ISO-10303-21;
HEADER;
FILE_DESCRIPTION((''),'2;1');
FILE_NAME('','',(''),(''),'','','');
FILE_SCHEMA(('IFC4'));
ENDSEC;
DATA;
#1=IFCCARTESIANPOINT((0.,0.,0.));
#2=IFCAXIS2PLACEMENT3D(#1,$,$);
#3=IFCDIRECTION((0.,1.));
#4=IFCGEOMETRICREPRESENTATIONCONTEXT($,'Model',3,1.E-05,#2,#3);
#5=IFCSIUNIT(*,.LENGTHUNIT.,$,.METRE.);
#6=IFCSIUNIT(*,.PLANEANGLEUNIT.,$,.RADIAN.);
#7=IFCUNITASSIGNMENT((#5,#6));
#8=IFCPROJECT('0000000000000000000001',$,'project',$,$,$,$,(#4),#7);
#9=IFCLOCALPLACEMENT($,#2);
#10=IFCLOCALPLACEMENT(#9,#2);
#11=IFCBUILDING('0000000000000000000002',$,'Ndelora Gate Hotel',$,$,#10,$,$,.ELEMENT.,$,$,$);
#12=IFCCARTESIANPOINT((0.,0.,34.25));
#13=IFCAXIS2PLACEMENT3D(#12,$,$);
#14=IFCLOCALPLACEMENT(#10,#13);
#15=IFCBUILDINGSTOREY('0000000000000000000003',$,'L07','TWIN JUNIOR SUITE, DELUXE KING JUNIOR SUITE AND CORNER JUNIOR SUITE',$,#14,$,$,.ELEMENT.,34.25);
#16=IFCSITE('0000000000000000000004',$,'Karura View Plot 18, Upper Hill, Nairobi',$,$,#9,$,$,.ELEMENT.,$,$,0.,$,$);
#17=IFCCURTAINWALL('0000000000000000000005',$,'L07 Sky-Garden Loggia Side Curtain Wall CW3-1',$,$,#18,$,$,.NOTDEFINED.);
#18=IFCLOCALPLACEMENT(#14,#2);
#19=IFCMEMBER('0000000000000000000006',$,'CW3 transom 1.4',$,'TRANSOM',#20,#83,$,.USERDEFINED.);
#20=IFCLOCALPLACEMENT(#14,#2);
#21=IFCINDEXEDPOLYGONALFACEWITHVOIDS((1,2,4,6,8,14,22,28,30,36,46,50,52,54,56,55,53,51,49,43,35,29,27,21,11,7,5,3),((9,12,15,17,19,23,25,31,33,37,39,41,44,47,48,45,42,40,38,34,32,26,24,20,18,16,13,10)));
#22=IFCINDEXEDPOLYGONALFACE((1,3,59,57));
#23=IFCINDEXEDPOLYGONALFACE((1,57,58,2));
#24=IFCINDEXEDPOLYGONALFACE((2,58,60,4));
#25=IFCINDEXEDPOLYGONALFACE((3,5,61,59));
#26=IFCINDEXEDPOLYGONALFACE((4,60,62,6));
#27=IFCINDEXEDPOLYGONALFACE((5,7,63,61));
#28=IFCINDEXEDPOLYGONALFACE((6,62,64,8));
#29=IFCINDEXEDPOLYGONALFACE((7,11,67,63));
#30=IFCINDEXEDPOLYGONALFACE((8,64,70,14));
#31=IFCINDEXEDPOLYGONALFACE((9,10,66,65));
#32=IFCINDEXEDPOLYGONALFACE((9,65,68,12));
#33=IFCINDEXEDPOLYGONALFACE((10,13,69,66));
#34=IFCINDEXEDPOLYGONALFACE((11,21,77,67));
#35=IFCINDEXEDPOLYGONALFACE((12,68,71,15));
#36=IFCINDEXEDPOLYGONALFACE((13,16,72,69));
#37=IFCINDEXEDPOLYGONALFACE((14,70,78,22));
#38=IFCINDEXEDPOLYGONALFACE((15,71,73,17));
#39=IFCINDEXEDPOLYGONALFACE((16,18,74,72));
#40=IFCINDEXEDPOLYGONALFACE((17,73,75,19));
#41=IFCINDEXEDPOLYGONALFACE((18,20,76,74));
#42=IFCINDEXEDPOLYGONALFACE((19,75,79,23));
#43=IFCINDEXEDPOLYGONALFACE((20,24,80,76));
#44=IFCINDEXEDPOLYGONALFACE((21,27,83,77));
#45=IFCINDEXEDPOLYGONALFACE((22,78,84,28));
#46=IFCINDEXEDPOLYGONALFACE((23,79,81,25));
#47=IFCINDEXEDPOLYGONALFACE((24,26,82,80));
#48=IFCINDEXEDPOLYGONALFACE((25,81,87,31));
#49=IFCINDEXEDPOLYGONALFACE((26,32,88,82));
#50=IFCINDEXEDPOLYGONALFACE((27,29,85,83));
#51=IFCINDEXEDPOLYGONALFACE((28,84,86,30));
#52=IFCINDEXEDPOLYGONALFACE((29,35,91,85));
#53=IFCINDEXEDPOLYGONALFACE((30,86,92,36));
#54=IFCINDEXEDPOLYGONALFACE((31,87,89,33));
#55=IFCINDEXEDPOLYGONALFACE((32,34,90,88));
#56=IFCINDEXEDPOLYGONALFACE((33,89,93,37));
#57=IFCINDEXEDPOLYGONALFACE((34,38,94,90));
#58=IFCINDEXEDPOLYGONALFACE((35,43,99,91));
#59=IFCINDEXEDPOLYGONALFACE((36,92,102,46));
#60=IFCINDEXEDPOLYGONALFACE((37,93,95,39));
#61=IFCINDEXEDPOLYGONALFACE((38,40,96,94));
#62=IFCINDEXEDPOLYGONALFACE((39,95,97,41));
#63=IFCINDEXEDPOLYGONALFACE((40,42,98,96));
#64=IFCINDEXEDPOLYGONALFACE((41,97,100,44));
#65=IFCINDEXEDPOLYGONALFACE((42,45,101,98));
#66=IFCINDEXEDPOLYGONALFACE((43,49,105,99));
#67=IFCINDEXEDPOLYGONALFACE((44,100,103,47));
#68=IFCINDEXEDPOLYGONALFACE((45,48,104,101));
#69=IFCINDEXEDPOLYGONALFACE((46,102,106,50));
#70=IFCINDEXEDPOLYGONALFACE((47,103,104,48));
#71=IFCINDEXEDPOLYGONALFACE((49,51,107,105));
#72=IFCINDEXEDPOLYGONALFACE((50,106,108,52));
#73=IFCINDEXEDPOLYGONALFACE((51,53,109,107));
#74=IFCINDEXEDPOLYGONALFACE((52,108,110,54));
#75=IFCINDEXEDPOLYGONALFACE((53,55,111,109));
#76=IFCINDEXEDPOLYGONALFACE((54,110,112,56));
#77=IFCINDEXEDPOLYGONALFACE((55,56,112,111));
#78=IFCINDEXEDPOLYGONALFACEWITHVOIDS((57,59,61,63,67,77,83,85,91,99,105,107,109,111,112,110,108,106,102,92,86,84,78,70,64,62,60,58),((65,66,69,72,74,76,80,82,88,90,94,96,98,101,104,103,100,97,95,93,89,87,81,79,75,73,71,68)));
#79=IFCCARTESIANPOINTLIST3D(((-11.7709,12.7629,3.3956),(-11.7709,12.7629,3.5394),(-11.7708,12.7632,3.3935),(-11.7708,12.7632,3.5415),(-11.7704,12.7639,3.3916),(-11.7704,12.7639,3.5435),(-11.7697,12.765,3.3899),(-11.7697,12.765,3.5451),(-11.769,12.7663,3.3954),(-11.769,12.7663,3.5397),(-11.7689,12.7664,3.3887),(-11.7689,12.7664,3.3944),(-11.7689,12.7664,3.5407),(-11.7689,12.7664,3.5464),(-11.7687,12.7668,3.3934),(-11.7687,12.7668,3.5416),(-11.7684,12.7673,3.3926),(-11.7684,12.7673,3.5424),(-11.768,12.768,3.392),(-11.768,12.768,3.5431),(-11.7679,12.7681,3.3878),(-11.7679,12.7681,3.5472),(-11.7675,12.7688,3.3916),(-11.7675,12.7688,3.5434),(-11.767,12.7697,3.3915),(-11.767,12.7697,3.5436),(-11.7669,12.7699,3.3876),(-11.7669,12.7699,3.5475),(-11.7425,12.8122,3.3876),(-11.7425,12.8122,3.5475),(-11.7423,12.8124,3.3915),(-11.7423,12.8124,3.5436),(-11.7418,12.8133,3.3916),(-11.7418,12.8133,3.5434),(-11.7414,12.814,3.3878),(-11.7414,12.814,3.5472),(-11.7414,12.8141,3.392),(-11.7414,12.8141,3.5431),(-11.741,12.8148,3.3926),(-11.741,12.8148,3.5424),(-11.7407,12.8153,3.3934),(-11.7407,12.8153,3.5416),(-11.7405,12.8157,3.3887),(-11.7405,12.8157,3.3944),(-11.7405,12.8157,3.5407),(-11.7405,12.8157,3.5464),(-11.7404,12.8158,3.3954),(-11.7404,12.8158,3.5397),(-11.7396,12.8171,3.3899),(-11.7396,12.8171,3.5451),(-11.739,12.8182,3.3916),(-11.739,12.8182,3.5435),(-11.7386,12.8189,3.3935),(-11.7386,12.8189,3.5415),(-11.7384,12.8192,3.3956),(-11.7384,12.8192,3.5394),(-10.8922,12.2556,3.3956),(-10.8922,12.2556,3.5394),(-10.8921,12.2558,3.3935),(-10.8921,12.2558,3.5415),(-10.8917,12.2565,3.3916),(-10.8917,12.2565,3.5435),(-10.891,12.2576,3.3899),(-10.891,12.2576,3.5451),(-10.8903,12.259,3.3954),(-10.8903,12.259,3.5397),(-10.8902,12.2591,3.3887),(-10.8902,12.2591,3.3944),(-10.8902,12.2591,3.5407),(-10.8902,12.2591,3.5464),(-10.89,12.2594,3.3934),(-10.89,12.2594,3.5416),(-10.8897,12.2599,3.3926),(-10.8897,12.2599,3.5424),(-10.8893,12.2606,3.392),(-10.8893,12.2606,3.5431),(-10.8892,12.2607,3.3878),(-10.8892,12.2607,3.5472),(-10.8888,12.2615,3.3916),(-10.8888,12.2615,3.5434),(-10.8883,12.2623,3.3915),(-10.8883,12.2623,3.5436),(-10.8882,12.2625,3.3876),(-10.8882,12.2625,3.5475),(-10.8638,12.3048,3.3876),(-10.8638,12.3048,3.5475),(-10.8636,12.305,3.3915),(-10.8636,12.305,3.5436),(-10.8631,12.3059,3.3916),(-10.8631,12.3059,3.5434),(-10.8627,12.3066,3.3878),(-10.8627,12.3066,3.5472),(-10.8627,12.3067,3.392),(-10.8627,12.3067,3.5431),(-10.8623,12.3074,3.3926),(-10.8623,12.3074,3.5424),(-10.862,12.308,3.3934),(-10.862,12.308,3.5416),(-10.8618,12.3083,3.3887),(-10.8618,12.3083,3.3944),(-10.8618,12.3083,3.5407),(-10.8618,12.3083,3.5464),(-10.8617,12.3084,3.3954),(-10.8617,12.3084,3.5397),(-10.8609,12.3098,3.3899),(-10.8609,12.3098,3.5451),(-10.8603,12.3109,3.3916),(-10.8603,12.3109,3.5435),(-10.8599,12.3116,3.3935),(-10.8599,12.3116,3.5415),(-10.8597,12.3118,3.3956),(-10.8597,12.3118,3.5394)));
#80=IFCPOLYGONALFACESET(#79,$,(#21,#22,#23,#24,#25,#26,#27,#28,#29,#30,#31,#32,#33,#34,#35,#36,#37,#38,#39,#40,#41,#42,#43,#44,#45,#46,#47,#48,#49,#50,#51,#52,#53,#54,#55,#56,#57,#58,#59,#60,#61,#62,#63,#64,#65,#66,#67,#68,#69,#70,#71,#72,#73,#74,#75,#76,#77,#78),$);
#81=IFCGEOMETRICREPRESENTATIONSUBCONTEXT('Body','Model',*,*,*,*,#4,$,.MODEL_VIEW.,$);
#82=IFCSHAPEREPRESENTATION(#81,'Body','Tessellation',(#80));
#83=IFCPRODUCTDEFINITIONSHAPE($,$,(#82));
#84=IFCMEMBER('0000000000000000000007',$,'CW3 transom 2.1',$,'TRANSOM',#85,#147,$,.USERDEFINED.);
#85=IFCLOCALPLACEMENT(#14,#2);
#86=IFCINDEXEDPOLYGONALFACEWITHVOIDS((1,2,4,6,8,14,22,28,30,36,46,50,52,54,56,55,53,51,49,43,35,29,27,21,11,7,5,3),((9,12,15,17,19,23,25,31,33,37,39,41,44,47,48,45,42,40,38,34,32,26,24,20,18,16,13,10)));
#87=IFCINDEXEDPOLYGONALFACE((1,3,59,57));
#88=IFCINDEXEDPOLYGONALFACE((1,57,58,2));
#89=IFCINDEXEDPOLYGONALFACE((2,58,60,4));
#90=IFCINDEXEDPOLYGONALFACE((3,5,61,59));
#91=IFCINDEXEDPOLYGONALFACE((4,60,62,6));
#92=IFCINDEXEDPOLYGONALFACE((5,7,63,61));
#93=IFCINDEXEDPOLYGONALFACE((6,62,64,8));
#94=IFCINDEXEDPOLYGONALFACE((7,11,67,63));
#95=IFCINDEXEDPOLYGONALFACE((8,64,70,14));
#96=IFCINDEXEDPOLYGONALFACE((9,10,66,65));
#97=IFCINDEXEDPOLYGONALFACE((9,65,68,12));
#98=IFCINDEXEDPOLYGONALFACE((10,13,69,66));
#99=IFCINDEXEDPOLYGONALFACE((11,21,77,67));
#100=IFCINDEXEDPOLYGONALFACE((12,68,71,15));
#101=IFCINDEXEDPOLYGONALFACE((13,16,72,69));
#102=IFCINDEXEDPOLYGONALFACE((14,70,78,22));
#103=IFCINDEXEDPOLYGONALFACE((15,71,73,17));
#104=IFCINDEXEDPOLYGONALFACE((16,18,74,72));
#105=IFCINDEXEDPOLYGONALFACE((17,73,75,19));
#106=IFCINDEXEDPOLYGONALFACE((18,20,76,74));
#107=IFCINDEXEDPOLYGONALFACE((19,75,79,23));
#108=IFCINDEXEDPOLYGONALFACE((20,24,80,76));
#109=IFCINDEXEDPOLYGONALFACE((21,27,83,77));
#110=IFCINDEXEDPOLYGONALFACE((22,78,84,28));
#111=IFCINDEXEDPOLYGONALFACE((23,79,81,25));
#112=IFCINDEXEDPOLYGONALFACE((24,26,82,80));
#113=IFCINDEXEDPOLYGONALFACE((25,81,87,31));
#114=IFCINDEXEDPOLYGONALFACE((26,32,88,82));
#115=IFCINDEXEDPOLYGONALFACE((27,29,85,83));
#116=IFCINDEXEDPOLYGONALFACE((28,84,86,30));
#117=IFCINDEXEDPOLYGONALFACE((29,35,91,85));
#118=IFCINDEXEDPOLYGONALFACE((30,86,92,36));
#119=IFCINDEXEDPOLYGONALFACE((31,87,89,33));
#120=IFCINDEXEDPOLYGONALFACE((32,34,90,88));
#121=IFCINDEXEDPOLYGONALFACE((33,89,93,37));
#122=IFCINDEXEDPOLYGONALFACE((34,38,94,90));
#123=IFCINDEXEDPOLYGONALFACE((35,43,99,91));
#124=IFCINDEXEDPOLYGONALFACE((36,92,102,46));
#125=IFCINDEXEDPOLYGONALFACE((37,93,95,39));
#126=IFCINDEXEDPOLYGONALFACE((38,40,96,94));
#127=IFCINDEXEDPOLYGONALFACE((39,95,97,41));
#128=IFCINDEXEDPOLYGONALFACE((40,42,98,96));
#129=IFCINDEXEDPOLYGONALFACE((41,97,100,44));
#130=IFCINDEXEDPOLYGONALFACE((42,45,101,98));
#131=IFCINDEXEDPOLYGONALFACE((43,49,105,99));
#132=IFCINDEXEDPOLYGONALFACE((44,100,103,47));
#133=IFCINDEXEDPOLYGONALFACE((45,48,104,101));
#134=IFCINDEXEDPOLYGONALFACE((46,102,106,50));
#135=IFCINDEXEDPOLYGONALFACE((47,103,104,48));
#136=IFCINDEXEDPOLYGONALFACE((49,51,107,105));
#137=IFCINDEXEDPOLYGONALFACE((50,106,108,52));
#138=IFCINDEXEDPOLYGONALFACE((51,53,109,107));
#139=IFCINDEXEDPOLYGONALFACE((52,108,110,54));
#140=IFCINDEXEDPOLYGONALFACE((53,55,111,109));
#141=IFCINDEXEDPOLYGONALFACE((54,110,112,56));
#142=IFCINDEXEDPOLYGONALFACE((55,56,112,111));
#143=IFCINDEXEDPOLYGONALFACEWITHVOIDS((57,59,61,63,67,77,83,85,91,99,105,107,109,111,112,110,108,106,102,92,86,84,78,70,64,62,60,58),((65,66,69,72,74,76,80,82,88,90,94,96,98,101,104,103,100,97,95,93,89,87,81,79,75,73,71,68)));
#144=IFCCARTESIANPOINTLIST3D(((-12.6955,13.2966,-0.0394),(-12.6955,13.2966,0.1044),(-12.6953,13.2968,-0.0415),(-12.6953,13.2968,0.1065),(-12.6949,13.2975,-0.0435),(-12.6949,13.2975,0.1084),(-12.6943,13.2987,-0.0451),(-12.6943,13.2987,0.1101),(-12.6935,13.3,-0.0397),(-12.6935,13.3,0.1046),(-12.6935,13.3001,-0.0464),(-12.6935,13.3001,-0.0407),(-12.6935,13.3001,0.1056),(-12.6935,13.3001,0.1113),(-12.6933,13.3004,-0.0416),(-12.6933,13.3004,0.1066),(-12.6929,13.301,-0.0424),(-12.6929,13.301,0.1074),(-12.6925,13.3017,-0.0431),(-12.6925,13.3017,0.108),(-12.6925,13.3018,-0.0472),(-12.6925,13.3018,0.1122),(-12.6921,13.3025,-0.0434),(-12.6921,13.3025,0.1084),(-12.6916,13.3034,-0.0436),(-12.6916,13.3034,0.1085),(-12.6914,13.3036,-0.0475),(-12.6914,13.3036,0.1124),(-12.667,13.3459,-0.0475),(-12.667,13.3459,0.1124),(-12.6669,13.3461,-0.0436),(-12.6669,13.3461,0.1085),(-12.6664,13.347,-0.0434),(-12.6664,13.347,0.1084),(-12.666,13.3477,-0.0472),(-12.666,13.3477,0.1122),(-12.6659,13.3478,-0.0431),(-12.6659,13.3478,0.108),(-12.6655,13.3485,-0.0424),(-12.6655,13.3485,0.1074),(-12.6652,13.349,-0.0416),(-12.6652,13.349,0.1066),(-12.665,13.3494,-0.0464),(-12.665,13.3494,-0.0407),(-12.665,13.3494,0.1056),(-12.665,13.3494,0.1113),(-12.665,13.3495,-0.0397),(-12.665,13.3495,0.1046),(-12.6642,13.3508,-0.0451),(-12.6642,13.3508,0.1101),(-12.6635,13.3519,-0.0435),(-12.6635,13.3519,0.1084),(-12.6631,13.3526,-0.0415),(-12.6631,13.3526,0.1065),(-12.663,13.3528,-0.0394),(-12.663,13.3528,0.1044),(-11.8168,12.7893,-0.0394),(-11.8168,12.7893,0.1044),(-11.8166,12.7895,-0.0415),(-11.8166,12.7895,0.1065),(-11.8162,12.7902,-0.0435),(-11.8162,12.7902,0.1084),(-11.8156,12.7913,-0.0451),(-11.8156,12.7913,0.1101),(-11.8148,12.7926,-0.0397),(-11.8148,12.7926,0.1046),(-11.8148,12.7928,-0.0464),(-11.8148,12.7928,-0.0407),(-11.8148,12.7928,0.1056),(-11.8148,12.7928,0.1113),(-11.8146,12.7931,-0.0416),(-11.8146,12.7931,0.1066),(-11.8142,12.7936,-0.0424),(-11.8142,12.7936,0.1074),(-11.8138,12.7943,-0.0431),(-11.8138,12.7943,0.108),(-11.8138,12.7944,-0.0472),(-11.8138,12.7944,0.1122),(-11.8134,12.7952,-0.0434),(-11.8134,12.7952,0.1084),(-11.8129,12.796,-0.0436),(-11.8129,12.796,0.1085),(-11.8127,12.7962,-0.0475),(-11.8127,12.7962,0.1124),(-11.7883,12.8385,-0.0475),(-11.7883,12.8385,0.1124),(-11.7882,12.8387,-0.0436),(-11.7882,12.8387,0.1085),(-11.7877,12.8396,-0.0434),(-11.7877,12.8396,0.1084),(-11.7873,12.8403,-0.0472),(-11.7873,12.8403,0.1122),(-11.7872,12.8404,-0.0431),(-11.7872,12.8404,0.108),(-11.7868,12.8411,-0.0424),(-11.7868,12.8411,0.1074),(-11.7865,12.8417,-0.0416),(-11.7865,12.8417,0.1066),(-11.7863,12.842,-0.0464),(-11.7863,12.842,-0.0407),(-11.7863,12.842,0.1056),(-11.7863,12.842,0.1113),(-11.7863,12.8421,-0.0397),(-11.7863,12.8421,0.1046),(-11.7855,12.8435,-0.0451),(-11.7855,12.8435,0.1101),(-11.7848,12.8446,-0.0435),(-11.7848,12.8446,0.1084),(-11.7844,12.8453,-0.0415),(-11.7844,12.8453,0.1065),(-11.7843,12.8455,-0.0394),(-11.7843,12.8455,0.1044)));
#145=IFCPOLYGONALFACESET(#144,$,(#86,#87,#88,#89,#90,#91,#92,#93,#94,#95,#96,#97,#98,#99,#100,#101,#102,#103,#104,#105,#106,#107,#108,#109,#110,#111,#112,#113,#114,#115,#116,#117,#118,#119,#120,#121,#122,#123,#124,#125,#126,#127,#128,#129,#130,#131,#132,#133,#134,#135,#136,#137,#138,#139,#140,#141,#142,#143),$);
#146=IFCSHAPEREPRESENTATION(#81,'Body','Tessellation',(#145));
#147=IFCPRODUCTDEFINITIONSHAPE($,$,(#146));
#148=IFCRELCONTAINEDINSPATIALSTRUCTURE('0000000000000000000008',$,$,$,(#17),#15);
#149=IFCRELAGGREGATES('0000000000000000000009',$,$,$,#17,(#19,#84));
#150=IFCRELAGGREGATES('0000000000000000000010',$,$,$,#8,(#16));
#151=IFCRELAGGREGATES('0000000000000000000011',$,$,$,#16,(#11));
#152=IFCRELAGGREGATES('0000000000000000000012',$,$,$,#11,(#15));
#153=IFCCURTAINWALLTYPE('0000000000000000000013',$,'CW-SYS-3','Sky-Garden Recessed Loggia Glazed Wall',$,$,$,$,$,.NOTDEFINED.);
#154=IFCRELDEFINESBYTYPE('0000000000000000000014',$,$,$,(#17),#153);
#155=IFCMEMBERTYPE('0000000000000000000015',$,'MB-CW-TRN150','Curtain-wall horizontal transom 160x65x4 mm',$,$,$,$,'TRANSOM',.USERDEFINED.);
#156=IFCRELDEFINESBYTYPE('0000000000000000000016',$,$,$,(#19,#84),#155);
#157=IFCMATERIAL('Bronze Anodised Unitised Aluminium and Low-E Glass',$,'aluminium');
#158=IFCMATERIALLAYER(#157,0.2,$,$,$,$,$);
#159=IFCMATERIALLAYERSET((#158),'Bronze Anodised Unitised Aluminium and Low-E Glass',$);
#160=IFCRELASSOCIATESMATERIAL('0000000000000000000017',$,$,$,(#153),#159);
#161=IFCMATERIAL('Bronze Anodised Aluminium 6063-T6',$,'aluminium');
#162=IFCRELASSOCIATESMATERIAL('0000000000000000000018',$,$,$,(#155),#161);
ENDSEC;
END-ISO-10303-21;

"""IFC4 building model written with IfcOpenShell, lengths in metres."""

from ifc_helpers import new_model, si_unit, direction, frame, origin, origin_2d, place, context, subcontext, project, spatial, hollow_rectangle, extrude, material, layer, layer_set, material_profile, profile_set, type_object, element, aggregate, save


model = new_model("IFC4")

# Units and contexts
model_context = context("Model", 3, precision=1e-05, world=origin(), true_north=direction((0.0, 1.0)))
body_context = subcontext(model_context, "Body", "Model", "MODEL_VIEW")
ifc_project = project(units=[si_unit("LENGTHUNIT", "METRE"), si_unit("PLANEANGLEUNIT", "RADIAN")], contexts=[model_context])

# Site, building, storey
site_placement = place(None, origin())
site = spatial("IfcSite", under=ifc_project, at=site_placement, Name="Karura View Plot 18, Upper Hill, Nairobi", CompositionType="ELEMENT", RefElevation=0.0)
building_placement = place(site_placement, origin())
building = spatial("IfcBuilding", under=site, at=building_placement, Name="Ndelora Gate Hotel", CompositionType="ELEMENT")
storey_placement = place(building_placement, frame((0.0, 0.0, 34.25)))
storey = spatial("IfcBuildingStorey", under=building, at=storey_placement, Name="L07", Description="TWIN JUNIOR SUITE, DELUXE KING JUNIOR SUITE AND CORNER JUNIOR SUITE", CompositionType="ELEMENT", Elevation=34.25)

# Curtain wall, members
ifc_material_1 = material(Name="Bronze Anodised Unitised Aluminium and Low-E Glass", Category="aluminium")
ifc_layer_1 = layer(ifc_material_1, 0.2)
ifc_layer_set_1 = layer_set([ifc_layer_1], Name="Bronze Anodised Unitised Aluminium and Low-E Glass")
curtain_wall_type = type_object("IfcCurtainWallType", Name="CW-SYS-3", Description="Sky-Garden Recessed Loggia Glazed Wall", PredefinedType="NOTDEFINED", material=ifc_layer_set_1)
curtain_wall_placement = place(storey_placement, origin())
curtain_wall = element("IfcCurtainWall", 1, at=curtain_wall_placement, inside=storey, type_object=curtain_wall_type, Name="L07 Sky-Garden Loggia Side Curtain Wall CW3-1", PredefinedType="NOTDEFINED")
ifc_material_2 = material(Name="Bronze Anodised Aluminium 6063-T6", Category="aluminium")
ifc_material_profile_1 = material_profile(ifc_material_2, hollow_rectangle(XDim=0.0649, YDim=0.1599, WallThickness=0.0039, InnerFilletRadius=0.0039, OuterFilletRadius=0.0081, at=origin_2d()), Name="ALU 160x65x4")
ifc_profile_set_1 = profile_set([ifc_material_profile_1], Name="Bronze Anodised Aluminium 6063-T6")
member_type_1 = type_object("IfcMemberType", Name="MB-CW-TRN150", Description="Curtain-wall horizontal transom 160x65x4 mm", ElementType="TRANSOM", PredefinedType="USERDEFINED", material=ifc_profile_set_1)
member_1_placement = place(storey_placement, frame((-10.876, 12.2837, 3.4675), z_axis=(-0.866013, 0.500021, 0.0), x_axis=(-0.500021, -0.866013, 0.0)))
member_1 = element("IfcMember", 2, at=member_1_placement, type_object=member_type_1, Name="CW3 transom 1.4", ObjectType="TRANSOM", PredefinedType="USERDEFINED", context=body_context, shape_type="SweptSolid", body=[
    extrude(hollow_rectangle(XDim=0.0649, YDim=0.1599, WallThickness=0.0039, InnerFilletRadius=0.0039, OuterFilletRadius=0.0081, at=origin_2d()), origin(), (0.0, 0.0, 1.0), 1.0146),
])
member_2_placement = place(storey_placement, frame((-11.8005, 12.8174, 0.0325), z_axis=(-0.866013, 0.500021, 0.0), x_axis=(-0.500021, -0.866013, 0.0)))
member_2 = element("IfcMember", 3, at=member_2_placement, type_object=member_type_1, Name="CW3 transom 2.1", ObjectType="TRANSOM", PredefinedType="USERDEFINED", context=body_context, shape_type="SweptSolid", body=[
    extrude(hollow_rectangle(XDim=0.0649, YDim=0.1599, WallThickness=0.0039, InnerFilletRadius=0.0039, OuterFilletRadius=0.0081, at=origin_2d()), origin(), (0.0, 0.0, 1.0), 1.0146),
])
aggregate(curtain_wall, [member_1, member_2])

save(model, "model.ifc")
